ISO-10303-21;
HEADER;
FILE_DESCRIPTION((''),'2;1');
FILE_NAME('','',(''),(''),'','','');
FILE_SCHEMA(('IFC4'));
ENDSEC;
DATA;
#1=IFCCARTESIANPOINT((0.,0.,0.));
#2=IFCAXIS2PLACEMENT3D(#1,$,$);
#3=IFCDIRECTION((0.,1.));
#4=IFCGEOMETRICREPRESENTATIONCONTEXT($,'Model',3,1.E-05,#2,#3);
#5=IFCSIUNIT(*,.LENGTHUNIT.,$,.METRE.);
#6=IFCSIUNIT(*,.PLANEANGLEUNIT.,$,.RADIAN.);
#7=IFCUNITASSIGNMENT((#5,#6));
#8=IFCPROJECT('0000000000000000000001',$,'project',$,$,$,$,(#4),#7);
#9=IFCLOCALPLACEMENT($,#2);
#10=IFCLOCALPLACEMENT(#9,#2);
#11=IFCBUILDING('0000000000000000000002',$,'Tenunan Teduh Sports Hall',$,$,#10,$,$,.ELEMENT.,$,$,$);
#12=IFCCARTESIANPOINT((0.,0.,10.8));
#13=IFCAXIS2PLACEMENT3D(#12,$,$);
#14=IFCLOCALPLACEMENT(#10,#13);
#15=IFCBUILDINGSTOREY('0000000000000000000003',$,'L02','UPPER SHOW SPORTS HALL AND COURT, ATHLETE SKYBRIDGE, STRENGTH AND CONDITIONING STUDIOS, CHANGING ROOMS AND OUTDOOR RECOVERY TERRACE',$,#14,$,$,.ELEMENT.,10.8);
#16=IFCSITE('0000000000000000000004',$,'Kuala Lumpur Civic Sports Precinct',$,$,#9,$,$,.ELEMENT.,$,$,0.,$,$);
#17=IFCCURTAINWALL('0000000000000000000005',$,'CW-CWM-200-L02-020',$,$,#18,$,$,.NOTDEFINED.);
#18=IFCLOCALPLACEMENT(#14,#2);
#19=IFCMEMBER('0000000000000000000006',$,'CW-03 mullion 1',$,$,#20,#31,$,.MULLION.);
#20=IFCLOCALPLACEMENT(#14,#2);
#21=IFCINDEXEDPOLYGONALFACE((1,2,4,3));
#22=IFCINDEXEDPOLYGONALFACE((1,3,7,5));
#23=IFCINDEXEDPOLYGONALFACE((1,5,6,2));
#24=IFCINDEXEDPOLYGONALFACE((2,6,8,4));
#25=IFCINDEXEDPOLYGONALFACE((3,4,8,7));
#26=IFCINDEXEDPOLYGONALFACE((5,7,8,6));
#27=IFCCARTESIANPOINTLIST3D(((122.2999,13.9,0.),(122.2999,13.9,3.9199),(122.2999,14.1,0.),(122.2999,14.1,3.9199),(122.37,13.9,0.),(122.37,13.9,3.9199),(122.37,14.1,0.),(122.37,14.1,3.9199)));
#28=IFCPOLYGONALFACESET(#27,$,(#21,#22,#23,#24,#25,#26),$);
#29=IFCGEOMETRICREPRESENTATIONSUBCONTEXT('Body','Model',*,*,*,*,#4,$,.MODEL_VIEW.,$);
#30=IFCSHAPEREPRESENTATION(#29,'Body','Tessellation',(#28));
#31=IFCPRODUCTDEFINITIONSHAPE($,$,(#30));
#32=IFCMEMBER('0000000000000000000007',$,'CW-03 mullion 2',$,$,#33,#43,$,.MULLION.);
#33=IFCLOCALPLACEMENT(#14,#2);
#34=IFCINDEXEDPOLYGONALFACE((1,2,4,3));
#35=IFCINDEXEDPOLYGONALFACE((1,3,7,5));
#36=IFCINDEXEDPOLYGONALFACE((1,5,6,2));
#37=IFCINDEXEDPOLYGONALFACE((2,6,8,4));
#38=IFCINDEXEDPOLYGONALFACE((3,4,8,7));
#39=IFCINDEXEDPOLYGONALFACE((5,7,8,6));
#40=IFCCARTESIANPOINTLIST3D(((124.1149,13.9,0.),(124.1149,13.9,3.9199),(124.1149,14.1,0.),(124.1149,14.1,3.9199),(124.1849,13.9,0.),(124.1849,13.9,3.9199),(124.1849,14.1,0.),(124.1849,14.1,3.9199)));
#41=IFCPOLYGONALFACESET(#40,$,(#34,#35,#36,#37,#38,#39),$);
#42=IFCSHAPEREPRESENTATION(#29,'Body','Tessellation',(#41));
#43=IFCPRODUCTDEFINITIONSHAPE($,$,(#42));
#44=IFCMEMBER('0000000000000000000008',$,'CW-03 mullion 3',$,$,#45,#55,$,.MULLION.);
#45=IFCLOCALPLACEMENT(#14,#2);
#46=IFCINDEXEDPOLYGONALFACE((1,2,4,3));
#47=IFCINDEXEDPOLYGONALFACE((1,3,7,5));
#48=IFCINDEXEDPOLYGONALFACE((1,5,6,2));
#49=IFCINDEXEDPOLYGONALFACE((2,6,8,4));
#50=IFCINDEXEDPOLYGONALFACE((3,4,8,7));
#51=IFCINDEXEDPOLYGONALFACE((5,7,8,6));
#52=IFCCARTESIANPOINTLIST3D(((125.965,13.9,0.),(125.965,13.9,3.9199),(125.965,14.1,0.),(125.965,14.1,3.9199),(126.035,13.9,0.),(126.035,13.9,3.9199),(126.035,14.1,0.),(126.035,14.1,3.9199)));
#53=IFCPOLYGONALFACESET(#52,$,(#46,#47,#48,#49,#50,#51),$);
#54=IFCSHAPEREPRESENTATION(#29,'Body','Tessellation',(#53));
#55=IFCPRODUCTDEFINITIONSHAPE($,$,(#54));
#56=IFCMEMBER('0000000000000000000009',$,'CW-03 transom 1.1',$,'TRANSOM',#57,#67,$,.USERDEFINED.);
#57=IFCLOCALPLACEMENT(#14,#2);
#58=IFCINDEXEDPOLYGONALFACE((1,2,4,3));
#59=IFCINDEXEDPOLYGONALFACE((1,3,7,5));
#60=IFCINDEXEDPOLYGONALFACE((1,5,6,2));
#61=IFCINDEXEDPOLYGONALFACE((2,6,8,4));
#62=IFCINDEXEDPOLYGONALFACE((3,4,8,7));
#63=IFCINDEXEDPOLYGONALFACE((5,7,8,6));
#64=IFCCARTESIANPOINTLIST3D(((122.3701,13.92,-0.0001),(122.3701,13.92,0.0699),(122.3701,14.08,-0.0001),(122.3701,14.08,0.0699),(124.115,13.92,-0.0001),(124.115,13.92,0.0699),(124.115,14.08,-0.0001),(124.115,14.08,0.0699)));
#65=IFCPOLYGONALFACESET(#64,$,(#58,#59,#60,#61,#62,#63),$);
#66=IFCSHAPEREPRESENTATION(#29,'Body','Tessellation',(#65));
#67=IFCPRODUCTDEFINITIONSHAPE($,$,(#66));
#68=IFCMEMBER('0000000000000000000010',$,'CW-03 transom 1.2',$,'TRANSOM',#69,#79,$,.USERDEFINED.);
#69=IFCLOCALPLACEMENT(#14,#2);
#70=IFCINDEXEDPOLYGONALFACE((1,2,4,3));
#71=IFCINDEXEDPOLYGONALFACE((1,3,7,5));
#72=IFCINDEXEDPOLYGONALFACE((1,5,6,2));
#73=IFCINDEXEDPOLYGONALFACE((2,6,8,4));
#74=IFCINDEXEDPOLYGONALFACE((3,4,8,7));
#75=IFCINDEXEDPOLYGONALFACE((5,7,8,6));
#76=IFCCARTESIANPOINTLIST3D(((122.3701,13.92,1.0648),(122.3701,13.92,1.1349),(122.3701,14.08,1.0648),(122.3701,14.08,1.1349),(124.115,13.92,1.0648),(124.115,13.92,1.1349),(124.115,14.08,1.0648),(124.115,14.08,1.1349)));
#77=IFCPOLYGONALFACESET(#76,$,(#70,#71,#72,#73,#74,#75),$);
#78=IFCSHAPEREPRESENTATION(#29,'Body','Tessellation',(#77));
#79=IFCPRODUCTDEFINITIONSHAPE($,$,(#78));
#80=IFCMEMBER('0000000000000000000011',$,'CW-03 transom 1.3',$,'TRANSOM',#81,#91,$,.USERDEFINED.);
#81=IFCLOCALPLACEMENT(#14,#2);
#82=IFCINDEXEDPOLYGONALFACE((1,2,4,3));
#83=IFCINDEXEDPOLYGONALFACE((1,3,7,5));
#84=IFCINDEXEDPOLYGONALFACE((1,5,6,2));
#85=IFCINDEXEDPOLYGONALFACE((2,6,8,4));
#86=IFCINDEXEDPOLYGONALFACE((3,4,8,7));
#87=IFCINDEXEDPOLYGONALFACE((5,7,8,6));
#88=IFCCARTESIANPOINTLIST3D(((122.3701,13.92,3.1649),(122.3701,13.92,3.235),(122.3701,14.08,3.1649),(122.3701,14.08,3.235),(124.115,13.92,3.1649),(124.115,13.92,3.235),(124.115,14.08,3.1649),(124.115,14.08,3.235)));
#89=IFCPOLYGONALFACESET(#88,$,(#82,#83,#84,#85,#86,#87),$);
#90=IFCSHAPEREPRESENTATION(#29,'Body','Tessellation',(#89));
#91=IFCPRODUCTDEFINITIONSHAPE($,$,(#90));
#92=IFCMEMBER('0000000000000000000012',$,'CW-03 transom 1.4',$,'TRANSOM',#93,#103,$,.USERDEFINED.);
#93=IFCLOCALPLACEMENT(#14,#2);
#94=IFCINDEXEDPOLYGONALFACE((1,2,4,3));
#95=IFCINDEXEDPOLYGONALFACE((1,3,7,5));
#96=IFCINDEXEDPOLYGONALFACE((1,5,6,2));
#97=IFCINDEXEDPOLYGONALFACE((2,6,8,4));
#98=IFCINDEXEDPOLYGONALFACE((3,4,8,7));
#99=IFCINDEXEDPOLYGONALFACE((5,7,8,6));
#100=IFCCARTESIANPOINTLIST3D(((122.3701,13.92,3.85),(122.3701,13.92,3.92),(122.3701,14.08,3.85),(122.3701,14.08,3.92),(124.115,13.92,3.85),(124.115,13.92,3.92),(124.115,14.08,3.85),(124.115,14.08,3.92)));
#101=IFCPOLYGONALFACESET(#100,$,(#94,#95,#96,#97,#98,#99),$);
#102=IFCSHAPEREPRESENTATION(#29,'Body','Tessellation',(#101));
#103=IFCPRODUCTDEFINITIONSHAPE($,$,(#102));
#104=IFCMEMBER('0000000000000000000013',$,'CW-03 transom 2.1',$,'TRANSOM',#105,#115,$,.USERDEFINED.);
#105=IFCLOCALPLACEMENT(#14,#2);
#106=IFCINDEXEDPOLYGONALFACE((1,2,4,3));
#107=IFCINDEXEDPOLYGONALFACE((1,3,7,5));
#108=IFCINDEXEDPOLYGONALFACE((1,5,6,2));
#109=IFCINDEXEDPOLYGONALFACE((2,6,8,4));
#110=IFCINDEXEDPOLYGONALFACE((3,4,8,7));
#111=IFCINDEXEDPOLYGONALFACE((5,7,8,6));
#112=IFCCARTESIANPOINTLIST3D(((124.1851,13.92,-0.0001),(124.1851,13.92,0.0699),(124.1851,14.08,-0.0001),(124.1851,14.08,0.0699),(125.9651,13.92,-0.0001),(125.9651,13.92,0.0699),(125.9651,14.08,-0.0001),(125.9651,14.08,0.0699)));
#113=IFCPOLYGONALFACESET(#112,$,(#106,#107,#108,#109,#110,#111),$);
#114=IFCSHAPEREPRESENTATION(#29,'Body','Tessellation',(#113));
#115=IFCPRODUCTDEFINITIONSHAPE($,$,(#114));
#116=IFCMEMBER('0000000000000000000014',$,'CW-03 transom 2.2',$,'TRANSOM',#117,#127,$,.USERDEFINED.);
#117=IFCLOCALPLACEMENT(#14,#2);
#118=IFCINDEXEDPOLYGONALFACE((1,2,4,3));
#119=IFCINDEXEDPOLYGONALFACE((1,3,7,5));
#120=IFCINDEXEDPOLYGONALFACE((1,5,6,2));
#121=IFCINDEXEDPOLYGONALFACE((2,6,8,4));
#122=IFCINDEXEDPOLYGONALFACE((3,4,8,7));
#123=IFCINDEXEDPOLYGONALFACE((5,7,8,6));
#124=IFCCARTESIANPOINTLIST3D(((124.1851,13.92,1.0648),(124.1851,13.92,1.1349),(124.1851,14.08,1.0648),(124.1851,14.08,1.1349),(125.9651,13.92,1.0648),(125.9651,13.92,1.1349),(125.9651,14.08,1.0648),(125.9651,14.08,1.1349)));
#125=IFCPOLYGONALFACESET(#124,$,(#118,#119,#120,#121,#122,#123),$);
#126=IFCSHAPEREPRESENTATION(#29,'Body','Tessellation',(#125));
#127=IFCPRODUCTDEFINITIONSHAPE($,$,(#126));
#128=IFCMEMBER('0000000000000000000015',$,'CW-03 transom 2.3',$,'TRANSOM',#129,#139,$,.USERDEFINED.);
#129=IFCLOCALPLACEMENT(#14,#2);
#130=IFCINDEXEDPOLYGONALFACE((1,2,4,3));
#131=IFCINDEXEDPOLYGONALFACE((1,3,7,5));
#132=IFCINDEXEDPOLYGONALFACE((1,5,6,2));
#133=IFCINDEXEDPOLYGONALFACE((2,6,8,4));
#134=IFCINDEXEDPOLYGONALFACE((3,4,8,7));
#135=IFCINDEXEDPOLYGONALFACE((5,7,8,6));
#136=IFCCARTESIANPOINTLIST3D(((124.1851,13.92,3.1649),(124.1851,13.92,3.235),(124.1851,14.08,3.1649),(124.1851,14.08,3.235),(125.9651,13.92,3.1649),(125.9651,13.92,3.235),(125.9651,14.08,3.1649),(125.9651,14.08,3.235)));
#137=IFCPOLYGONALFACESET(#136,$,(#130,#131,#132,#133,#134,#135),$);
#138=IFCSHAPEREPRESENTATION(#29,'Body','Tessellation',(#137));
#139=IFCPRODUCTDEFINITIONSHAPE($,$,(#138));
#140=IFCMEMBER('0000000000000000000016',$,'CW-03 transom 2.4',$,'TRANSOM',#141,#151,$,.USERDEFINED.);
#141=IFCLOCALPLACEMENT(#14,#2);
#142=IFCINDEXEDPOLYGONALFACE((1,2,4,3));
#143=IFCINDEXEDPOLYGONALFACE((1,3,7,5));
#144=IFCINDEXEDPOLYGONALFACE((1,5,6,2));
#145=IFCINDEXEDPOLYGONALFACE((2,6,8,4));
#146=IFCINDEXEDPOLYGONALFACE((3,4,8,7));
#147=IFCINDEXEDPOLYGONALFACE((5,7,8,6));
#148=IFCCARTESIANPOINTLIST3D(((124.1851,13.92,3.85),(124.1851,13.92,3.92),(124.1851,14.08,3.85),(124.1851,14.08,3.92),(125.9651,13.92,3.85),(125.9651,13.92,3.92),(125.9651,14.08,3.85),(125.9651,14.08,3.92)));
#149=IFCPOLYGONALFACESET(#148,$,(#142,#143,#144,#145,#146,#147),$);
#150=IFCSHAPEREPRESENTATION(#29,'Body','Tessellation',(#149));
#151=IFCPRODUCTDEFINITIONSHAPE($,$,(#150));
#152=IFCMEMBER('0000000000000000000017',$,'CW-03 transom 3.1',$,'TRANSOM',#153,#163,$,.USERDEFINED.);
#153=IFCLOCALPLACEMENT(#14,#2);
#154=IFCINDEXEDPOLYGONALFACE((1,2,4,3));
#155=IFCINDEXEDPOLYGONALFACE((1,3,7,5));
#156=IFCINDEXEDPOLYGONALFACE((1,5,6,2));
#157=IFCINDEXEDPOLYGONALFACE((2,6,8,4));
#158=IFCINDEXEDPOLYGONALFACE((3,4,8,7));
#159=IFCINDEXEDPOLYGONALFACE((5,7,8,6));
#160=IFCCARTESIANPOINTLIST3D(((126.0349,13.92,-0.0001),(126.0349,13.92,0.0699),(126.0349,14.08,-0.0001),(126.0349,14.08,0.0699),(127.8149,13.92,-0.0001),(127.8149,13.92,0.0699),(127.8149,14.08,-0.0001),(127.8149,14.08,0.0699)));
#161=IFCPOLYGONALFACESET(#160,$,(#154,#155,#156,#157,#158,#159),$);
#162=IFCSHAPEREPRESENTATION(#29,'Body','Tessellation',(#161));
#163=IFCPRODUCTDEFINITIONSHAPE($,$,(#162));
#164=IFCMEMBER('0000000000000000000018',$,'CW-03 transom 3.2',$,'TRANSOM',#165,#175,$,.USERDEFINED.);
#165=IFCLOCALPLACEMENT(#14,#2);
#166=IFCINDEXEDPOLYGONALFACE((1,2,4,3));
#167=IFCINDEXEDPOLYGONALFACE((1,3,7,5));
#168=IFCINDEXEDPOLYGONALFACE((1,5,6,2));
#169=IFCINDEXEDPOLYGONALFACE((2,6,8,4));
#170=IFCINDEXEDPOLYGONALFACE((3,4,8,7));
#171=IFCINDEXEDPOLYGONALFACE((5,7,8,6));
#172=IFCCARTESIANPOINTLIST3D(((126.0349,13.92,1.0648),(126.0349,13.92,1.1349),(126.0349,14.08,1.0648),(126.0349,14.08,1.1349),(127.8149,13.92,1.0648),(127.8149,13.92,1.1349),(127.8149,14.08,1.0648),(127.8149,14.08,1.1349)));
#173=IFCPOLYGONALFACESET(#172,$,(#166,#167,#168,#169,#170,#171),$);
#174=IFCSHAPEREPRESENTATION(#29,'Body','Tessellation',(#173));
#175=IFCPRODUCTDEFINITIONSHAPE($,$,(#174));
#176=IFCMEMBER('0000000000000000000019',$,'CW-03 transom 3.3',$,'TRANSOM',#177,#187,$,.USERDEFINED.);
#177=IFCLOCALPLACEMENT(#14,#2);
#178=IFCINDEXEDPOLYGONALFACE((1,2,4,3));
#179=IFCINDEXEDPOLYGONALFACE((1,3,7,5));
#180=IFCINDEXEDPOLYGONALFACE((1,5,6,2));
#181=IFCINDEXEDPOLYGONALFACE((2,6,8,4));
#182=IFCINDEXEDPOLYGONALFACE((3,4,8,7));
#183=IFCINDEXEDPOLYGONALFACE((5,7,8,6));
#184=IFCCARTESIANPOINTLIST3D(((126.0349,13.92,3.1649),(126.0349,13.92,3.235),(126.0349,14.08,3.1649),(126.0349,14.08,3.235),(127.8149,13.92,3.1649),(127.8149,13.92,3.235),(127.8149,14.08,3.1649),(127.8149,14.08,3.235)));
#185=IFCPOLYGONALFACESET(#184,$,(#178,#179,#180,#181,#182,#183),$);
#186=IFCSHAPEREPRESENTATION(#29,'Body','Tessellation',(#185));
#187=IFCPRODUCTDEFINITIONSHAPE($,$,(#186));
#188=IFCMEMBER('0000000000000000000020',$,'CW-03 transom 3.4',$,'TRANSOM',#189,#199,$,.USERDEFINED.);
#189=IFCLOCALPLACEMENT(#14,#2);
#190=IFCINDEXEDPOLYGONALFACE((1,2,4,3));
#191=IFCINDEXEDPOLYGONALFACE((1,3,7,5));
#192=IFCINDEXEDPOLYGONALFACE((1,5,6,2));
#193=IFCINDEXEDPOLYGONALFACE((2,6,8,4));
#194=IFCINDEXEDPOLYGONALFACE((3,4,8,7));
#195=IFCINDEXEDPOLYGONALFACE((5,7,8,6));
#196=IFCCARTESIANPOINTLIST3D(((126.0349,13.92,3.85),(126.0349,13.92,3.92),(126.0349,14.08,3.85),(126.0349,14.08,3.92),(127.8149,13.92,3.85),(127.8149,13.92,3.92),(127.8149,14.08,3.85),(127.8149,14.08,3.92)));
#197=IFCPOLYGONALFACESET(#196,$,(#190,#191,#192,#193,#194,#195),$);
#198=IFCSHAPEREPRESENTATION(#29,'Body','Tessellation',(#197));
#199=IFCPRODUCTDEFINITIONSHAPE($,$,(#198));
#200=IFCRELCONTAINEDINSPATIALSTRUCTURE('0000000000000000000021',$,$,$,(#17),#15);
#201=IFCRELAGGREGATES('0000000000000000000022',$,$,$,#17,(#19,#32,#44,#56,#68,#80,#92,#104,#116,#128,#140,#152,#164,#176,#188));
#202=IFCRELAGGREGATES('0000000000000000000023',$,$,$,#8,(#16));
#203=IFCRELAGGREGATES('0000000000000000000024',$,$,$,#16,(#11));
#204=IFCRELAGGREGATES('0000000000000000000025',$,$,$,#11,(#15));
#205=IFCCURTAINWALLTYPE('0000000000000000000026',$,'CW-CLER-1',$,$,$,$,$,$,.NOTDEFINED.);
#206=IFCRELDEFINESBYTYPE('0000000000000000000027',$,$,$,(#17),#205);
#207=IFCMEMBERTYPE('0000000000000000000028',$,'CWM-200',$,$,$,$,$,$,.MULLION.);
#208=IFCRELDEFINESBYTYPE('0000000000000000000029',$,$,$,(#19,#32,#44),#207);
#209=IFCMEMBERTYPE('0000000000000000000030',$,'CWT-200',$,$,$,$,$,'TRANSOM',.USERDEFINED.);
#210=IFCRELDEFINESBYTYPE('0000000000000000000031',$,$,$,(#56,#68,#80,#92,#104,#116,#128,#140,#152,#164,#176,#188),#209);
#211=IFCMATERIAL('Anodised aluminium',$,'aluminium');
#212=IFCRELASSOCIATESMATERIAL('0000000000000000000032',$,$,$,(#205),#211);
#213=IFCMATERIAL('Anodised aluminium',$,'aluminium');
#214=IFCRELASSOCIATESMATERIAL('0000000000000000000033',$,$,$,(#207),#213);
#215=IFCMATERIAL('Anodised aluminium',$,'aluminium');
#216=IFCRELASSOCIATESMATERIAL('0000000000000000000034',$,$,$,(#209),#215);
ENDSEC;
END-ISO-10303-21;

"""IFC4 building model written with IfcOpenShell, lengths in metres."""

from ifc_helpers import new_model, si_unit, direction, frame, origin, origin_2d, place, context, subcontext, project, spatial, rectangle, extrude, material, material_profile, profile_set, type_object, element, aggregate, save


model = new_model("IFC4")

# Units and contexts
model_context = context("Model", 3, precision=1e-05, world=origin(), true_north=direction((0.0, 1.0)))
body_context = subcontext(model_context, "Body", "Model", "MODEL_VIEW")
ifc_project = project(units=[si_unit("LENGTHUNIT", "METRE"), si_unit("PLANEANGLEUNIT", "RADIAN")], contexts=[model_context])

# Site, building, storey
site_placement = place(None, origin())
site = spatial("IfcSite", under=ifc_project, at=site_placement, Name="Kuala Lumpur Civic Sports Precinct", CompositionType="ELEMENT", RefElevation=0.0)
building_placement = place(site_placement, origin())
building = spatial("IfcBuilding", under=site, at=building_placement, Name="Tenunan Teduh Sports Hall", CompositionType="ELEMENT")
storey_placement = place(building_placement, frame((0.0, 0.0, 10.8)))
storey = spatial("IfcBuildingStorey", under=building, at=storey_placement, Name="L02", Description="UPPER SHOW SPORTS HALL AND COURT, ATHLETE SKYBRIDGE, STRENGTH AND CONDITIONING STUDIOS, CHANGING ROOMS AND OUTDOOR RECOVERY TERRACE", CompositionType="ELEMENT", Elevation=10.8)

# Curtain wall, members
ifc_material_1 = material(Name="Anodised aluminium", Category="aluminium")
curtain_wall_type = type_object("IfcCurtainWallType", Name="CW-CLER-1", PredefinedType="NOTDEFINED", material=ifc_material_1)
curtain_wall_placement = place(storey_placement, origin())
curtain_wall = element("IfcCurtainWall", 1, at=curtain_wall_placement, inside=storey, type_object=curtain_wall_type, Name="CW-CWM-200-L02-020", PredefinedType="NOTDEFINED")
ifc_material_2 = material(Name="Anodised aluminium", Category="aluminium")
ifc_material_profile_1 = material_profile(ifc_material_2, rectangle(XDim=0.0701, YDim=0.2, at=origin_2d()), Name="CWM 70x200")
ifc_profile_set_1 = profile_set([ifc_material_profile_1], Name="Anodised aluminium")
member_type_1 = type_object("IfcMemberType", Name="CWM-200", PredefinedType="MULLION", material=ifc_profile_set_1)
member_1_placement = place(storey_placement, frame((122.335, 14.0, 0.0), z_axis=(0.0, 0.0, 1.0), x_axis=(1.0, 0.0, 0.0)))
member_1 = element("IfcMember", 2, at=member_1_placement, type_object=member_type_1, Name="CW-03 mullion 1", PredefinedType="MULLION", context=body_context, shape_type="SweptSolid", body=[
    extrude(rectangle(XDim=0.0701, YDim=0.2, at=origin_2d()), origin(), (0.0, 0.0, 1.0), 3.9199),
])
member_2_placement = place(storey_placement, frame((124.1499, 14.0, 0.0), z_axis=(0.0, 0.0, 1.0), x_axis=(1.0, 0.0, 0.0)))
member_2 = element("IfcMember", 3, at=member_2_placement, type_object=member_type_1, Name="CW-03 mullion 2", PredefinedType="MULLION", context=body_context, shape_type="SweptSolid", body=[
    extrude(rectangle(XDim=0.0701, YDim=0.2, at=origin_2d()), origin(), (0.0, 0.0, 1.0), 3.9199),
])
member_3_placement = place(storey_placement, frame((126.0, 14.0, 0.0), z_axis=(0.0, 0.0, 1.0), x_axis=(1.0, 0.0, 0.0)))
member_3 = element("IfcMember", 4, at=member_3_placement, type_object=member_type_1, Name="CW-03 mullion 3", PredefinedType="MULLION", context=body_context, shape_type="SweptSolid", body=[
    extrude(rectangle(XDim=0.0701, YDim=0.2, at=origin_2d()), origin(), (0.0, 0.0, 1.0), 3.9199),
])
ifc_material_3 = material(Name="Anodised aluminium", Category="aluminium")
ifc_material_profile_2 = material_profile(ifc_material_3, rectangle(XDim=0.0701, YDim=0.1599, at=origin_2d()), Name="CWT 70x160")
ifc_profile_set_2 = profile_set([ifc_material_profile_2], Name="Anodised aluminium")
member_type_2 = type_object("IfcMemberType", Name="CWT-200", ElementType="TRANSOM", PredefinedType="USERDEFINED", material=ifc_profile_set_2)
member_4_placement = place(storey_placement, frame((122.3701, 14.0, 0.0349), z_axis=(1.0, 0.0, 0.0), x_axis=(0.0, 0.0, 1.0)))
member_4 = element("IfcMember", 5, at=member_4_placement, type_object=member_type_2, Name="CW-03 transom 1.1", ObjectType="TRANSOM", PredefinedType="USERDEFINED", context=body_context, shape_type="SweptSolid", body=[
    extrude(rectangle(XDim=0.0701, YDim=0.1599, at=origin_2d()), origin(), (0.0, 0.0, 1.0), 1.7449),
])
member_5_placement = place(storey_placement, frame((122.3701, 14.0, 1.0999), z_axis=(1.0, 0.0, 0.0), x_axis=(0.0, 0.0, 1.0)))
member_5 = element("IfcMember", 6, at=member_5_placement, type_object=member_type_2, Name="CW-03 transom 1.2", ObjectType="TRANSOM", PredefinedType="USERDEFINED", context=body_context, shape_type="SweptSolid", body=[
    extrude(rectangle(XDim=0.0701, YDim=0.1599, at=origin_2d()), origin(), (0.0, 0.0, 1.0), 1.7449),
])
member_6_placement = place(storey_placement, frame((122.3701, 14.0, 3.2), z_axis=(1.0, 0.0, 0.0), x_axis=(0.0, 0.0, 1.0)))
member_6 = element("IfcMember", 7, at=member_6_placement, type_object=member_type_2, Name="CW-03 transom 1.3", ObjectType="TRANSOM", PredefinedType="USERDEFINED", context=body_context, shape_type="SweptSolid", body=[
    extrude(rectangle(XDim=0.0701, YDim=0.1599, at=origin_2d()), origin(), (0.0, 0.0, 1.0), 1.7449),
])
member_7_placement = place(storey_placement, frame((122.3701, 14.0, 3.885), z_axis=(1.0, 0.0, 0.0), x_axis=(0.0, 0.0, 1.0)))
member_7 = element("IfcMember", 8, at=member_7_placement, type_object=member_type_2, Name="CW-03 transom 1.4", ObjectType="TRANSOM", PredefinedType="USERDEFINED", context=body_context, shape_type="SweptSolid", body=[
    extrude(rectangle(XDim=0.0701, YDim=0.1599, at=origin_2d()), origin(), (0.0, 0.0, 1.0), 1.7449),
])
member_8_placement = place(storey_placement, frame((124.1851, 14.0, 0.0349), z_axis=(1.0, 0.0, 0.0), x_axis=(0.0, 0.0, 1.0)))
member_8 = element("IfcMember", 9, at=member_8_placement, type_object=member_type_2, Name="CW-03 transom 2.1", ObjectType="TRANSOM", PredefinedType="USERDEFINED", context=body_context, shape_type="SweptSolid", body=[
    extrude(rectangle(XDim=0.0701, YDim=0.1599, at=origin_2d()), origin(), (0.0, 0.0, 1.0), 1.78),
])
member_9_placement = place(storey_placement, frame((124.1851, 14.0, 1.0999), z_axis=(1.0, 0.0, 0.0), x_axis=(0.0, 0.0, 1.0)))
member_9 = element("IfcMember", 10, at=member_9_placement, type_object=member_type_2, Name="CW-03 transom 2.2", ObjectType="TRANSOM", PredefinedType="USERDEFINED", context=body_context, shape_type="SweptSolid", body=[
    extrude(rectangle(XDim=0.0701, YDim=0.1599, at=origin_2d()), origin(), (0.0, 0.0, 1.0), 1.78),
])
member_10_placement = place(storey_placement, frame((124.1851, 14.0, 3.2), z_axis=(1.0, 0.0, 0.0), x_axis=(0.0, 0.0, 1.0)))
member_10 = element("IfcMember", 11, at=member_10_placement, type_object=member_type_2, Name="CW-03 transom 2.3", ObjectType="TRANSOM", PredefinedType="USERDEFINED", context=body_context, shape_type="SweptSolid", body=[
    extrude(rectangle(XDim=0.0701, YDim=0.1599, at=origin_2d()), origin(), (0.0, 0.0, 1.0), 1.78),
])
member_11_placement = place(storey_placement, frame((124.1851, 14.0, 3.885), z_axis=(1.0, 0.0, 0.0), x_axis=(0.0, 0.0, 1.0)))
member_11 = element("IfcMember", 12, at=member_11_placement, type_object=member_type_2, Name="CW-03 transom 2.4", ObjectType="TRANSOM", PredefinedType="USERDEFINED", context=body_context, shape_type="SweptSolid", body=[
    extrude(rectangle(XDim=0.0701, YDim=0.1599, at=origin_2d()), origin(), (0.0, 0.0, 1.0), 1.78),
])
member_12_placement = place(storey_placement, frame((126.0349, 14.0, 0.0349), z_axis=(1.0, 0.0, 0.0), x_axis=(0.0, 0.0, 1.0)))
member_12 = element("IfcMember", 13, at=member_12_placement, type_object=member_type_2, Name="CW-03 transom 3.1", ObjectType="TRANSOM", PredefinedType="USERDEFINED", context=body_context, shape_type="SweptSolid", body=[
    extrude(rectangle(XDim=0.0701, YDim=0.1599, at=origin_2d()), origin(), (0.0, 0.0, 1.0), 1.78),
])
member_13_placement = place(storey_placement, frame((126.0349, 14.0, 1.0999), z_axis=(1.0, 0.0, 0.0), x_axis=(0.0, 0.0, 1.0)))
member_13 = element("IfcMember", 14, at=member_13_placement, type_object=member_type_2, Name="CW-03 transom 3.2", ObjectType="TRANSOM", PredefinedType="USERDEFINED", context=body_context, shape_type="SweptSolid", body=[
    extrude(rectangle(XDim=0.0701, YDim=0.1599, at=origin_2d()), origin(), (0.0, 0.0, 1.0), 1.78),
])
member_14_placement = place(storey_placement, frame((126.0349, 14.0, 3.2), z_axis=(1.0, 0.0, 0.0), x_axis=(0.0, 0.0, 1.0)))
member_14 = element("IfcMember", 15, at=member_14_placement, type_object=member_type_2, Name="CW-03 transom 3.3", ObjectType="TRANSOM", PredefinedType="USERDEFINED", context=body_context, shape_type="SweptSolid", body=[
    extrude(rectangle(XDim=0.0701, YDim=0.1599, at=origin_2d()), origin(), (0.0, 0.0, 1.0), 1.78),
])
member_15_placement = place(storey_placement, frame((126.0349, 14.0, 3.885), z_axis=(1.0, 0.0, 0.0), x_axis=(0.0, 0.0, 1.0)))
member_15 = element("IfcMember", 16, at=member_15_placement, type_object=member_type_2, Name="CW-03 transom 3.4", ObjectType="TRANSOM", PredefinedType="USERDEFINED", context=body_context, shape_type="SweptSolid", body=[
    extrude(rectangle(XDim=0.0701, YDim=0.1599, at=origin_2d()), origin(), (0.0, 0.0, 1.0), 1.78),
])
aggregate(curtain_wall, [member_1, member_2, member_3, member_4, member_5, member_6, member_7, member_8, member_9, member_10, member_11, member_12, member_13, member_14, member_15])

save(model, "model.ifc")
